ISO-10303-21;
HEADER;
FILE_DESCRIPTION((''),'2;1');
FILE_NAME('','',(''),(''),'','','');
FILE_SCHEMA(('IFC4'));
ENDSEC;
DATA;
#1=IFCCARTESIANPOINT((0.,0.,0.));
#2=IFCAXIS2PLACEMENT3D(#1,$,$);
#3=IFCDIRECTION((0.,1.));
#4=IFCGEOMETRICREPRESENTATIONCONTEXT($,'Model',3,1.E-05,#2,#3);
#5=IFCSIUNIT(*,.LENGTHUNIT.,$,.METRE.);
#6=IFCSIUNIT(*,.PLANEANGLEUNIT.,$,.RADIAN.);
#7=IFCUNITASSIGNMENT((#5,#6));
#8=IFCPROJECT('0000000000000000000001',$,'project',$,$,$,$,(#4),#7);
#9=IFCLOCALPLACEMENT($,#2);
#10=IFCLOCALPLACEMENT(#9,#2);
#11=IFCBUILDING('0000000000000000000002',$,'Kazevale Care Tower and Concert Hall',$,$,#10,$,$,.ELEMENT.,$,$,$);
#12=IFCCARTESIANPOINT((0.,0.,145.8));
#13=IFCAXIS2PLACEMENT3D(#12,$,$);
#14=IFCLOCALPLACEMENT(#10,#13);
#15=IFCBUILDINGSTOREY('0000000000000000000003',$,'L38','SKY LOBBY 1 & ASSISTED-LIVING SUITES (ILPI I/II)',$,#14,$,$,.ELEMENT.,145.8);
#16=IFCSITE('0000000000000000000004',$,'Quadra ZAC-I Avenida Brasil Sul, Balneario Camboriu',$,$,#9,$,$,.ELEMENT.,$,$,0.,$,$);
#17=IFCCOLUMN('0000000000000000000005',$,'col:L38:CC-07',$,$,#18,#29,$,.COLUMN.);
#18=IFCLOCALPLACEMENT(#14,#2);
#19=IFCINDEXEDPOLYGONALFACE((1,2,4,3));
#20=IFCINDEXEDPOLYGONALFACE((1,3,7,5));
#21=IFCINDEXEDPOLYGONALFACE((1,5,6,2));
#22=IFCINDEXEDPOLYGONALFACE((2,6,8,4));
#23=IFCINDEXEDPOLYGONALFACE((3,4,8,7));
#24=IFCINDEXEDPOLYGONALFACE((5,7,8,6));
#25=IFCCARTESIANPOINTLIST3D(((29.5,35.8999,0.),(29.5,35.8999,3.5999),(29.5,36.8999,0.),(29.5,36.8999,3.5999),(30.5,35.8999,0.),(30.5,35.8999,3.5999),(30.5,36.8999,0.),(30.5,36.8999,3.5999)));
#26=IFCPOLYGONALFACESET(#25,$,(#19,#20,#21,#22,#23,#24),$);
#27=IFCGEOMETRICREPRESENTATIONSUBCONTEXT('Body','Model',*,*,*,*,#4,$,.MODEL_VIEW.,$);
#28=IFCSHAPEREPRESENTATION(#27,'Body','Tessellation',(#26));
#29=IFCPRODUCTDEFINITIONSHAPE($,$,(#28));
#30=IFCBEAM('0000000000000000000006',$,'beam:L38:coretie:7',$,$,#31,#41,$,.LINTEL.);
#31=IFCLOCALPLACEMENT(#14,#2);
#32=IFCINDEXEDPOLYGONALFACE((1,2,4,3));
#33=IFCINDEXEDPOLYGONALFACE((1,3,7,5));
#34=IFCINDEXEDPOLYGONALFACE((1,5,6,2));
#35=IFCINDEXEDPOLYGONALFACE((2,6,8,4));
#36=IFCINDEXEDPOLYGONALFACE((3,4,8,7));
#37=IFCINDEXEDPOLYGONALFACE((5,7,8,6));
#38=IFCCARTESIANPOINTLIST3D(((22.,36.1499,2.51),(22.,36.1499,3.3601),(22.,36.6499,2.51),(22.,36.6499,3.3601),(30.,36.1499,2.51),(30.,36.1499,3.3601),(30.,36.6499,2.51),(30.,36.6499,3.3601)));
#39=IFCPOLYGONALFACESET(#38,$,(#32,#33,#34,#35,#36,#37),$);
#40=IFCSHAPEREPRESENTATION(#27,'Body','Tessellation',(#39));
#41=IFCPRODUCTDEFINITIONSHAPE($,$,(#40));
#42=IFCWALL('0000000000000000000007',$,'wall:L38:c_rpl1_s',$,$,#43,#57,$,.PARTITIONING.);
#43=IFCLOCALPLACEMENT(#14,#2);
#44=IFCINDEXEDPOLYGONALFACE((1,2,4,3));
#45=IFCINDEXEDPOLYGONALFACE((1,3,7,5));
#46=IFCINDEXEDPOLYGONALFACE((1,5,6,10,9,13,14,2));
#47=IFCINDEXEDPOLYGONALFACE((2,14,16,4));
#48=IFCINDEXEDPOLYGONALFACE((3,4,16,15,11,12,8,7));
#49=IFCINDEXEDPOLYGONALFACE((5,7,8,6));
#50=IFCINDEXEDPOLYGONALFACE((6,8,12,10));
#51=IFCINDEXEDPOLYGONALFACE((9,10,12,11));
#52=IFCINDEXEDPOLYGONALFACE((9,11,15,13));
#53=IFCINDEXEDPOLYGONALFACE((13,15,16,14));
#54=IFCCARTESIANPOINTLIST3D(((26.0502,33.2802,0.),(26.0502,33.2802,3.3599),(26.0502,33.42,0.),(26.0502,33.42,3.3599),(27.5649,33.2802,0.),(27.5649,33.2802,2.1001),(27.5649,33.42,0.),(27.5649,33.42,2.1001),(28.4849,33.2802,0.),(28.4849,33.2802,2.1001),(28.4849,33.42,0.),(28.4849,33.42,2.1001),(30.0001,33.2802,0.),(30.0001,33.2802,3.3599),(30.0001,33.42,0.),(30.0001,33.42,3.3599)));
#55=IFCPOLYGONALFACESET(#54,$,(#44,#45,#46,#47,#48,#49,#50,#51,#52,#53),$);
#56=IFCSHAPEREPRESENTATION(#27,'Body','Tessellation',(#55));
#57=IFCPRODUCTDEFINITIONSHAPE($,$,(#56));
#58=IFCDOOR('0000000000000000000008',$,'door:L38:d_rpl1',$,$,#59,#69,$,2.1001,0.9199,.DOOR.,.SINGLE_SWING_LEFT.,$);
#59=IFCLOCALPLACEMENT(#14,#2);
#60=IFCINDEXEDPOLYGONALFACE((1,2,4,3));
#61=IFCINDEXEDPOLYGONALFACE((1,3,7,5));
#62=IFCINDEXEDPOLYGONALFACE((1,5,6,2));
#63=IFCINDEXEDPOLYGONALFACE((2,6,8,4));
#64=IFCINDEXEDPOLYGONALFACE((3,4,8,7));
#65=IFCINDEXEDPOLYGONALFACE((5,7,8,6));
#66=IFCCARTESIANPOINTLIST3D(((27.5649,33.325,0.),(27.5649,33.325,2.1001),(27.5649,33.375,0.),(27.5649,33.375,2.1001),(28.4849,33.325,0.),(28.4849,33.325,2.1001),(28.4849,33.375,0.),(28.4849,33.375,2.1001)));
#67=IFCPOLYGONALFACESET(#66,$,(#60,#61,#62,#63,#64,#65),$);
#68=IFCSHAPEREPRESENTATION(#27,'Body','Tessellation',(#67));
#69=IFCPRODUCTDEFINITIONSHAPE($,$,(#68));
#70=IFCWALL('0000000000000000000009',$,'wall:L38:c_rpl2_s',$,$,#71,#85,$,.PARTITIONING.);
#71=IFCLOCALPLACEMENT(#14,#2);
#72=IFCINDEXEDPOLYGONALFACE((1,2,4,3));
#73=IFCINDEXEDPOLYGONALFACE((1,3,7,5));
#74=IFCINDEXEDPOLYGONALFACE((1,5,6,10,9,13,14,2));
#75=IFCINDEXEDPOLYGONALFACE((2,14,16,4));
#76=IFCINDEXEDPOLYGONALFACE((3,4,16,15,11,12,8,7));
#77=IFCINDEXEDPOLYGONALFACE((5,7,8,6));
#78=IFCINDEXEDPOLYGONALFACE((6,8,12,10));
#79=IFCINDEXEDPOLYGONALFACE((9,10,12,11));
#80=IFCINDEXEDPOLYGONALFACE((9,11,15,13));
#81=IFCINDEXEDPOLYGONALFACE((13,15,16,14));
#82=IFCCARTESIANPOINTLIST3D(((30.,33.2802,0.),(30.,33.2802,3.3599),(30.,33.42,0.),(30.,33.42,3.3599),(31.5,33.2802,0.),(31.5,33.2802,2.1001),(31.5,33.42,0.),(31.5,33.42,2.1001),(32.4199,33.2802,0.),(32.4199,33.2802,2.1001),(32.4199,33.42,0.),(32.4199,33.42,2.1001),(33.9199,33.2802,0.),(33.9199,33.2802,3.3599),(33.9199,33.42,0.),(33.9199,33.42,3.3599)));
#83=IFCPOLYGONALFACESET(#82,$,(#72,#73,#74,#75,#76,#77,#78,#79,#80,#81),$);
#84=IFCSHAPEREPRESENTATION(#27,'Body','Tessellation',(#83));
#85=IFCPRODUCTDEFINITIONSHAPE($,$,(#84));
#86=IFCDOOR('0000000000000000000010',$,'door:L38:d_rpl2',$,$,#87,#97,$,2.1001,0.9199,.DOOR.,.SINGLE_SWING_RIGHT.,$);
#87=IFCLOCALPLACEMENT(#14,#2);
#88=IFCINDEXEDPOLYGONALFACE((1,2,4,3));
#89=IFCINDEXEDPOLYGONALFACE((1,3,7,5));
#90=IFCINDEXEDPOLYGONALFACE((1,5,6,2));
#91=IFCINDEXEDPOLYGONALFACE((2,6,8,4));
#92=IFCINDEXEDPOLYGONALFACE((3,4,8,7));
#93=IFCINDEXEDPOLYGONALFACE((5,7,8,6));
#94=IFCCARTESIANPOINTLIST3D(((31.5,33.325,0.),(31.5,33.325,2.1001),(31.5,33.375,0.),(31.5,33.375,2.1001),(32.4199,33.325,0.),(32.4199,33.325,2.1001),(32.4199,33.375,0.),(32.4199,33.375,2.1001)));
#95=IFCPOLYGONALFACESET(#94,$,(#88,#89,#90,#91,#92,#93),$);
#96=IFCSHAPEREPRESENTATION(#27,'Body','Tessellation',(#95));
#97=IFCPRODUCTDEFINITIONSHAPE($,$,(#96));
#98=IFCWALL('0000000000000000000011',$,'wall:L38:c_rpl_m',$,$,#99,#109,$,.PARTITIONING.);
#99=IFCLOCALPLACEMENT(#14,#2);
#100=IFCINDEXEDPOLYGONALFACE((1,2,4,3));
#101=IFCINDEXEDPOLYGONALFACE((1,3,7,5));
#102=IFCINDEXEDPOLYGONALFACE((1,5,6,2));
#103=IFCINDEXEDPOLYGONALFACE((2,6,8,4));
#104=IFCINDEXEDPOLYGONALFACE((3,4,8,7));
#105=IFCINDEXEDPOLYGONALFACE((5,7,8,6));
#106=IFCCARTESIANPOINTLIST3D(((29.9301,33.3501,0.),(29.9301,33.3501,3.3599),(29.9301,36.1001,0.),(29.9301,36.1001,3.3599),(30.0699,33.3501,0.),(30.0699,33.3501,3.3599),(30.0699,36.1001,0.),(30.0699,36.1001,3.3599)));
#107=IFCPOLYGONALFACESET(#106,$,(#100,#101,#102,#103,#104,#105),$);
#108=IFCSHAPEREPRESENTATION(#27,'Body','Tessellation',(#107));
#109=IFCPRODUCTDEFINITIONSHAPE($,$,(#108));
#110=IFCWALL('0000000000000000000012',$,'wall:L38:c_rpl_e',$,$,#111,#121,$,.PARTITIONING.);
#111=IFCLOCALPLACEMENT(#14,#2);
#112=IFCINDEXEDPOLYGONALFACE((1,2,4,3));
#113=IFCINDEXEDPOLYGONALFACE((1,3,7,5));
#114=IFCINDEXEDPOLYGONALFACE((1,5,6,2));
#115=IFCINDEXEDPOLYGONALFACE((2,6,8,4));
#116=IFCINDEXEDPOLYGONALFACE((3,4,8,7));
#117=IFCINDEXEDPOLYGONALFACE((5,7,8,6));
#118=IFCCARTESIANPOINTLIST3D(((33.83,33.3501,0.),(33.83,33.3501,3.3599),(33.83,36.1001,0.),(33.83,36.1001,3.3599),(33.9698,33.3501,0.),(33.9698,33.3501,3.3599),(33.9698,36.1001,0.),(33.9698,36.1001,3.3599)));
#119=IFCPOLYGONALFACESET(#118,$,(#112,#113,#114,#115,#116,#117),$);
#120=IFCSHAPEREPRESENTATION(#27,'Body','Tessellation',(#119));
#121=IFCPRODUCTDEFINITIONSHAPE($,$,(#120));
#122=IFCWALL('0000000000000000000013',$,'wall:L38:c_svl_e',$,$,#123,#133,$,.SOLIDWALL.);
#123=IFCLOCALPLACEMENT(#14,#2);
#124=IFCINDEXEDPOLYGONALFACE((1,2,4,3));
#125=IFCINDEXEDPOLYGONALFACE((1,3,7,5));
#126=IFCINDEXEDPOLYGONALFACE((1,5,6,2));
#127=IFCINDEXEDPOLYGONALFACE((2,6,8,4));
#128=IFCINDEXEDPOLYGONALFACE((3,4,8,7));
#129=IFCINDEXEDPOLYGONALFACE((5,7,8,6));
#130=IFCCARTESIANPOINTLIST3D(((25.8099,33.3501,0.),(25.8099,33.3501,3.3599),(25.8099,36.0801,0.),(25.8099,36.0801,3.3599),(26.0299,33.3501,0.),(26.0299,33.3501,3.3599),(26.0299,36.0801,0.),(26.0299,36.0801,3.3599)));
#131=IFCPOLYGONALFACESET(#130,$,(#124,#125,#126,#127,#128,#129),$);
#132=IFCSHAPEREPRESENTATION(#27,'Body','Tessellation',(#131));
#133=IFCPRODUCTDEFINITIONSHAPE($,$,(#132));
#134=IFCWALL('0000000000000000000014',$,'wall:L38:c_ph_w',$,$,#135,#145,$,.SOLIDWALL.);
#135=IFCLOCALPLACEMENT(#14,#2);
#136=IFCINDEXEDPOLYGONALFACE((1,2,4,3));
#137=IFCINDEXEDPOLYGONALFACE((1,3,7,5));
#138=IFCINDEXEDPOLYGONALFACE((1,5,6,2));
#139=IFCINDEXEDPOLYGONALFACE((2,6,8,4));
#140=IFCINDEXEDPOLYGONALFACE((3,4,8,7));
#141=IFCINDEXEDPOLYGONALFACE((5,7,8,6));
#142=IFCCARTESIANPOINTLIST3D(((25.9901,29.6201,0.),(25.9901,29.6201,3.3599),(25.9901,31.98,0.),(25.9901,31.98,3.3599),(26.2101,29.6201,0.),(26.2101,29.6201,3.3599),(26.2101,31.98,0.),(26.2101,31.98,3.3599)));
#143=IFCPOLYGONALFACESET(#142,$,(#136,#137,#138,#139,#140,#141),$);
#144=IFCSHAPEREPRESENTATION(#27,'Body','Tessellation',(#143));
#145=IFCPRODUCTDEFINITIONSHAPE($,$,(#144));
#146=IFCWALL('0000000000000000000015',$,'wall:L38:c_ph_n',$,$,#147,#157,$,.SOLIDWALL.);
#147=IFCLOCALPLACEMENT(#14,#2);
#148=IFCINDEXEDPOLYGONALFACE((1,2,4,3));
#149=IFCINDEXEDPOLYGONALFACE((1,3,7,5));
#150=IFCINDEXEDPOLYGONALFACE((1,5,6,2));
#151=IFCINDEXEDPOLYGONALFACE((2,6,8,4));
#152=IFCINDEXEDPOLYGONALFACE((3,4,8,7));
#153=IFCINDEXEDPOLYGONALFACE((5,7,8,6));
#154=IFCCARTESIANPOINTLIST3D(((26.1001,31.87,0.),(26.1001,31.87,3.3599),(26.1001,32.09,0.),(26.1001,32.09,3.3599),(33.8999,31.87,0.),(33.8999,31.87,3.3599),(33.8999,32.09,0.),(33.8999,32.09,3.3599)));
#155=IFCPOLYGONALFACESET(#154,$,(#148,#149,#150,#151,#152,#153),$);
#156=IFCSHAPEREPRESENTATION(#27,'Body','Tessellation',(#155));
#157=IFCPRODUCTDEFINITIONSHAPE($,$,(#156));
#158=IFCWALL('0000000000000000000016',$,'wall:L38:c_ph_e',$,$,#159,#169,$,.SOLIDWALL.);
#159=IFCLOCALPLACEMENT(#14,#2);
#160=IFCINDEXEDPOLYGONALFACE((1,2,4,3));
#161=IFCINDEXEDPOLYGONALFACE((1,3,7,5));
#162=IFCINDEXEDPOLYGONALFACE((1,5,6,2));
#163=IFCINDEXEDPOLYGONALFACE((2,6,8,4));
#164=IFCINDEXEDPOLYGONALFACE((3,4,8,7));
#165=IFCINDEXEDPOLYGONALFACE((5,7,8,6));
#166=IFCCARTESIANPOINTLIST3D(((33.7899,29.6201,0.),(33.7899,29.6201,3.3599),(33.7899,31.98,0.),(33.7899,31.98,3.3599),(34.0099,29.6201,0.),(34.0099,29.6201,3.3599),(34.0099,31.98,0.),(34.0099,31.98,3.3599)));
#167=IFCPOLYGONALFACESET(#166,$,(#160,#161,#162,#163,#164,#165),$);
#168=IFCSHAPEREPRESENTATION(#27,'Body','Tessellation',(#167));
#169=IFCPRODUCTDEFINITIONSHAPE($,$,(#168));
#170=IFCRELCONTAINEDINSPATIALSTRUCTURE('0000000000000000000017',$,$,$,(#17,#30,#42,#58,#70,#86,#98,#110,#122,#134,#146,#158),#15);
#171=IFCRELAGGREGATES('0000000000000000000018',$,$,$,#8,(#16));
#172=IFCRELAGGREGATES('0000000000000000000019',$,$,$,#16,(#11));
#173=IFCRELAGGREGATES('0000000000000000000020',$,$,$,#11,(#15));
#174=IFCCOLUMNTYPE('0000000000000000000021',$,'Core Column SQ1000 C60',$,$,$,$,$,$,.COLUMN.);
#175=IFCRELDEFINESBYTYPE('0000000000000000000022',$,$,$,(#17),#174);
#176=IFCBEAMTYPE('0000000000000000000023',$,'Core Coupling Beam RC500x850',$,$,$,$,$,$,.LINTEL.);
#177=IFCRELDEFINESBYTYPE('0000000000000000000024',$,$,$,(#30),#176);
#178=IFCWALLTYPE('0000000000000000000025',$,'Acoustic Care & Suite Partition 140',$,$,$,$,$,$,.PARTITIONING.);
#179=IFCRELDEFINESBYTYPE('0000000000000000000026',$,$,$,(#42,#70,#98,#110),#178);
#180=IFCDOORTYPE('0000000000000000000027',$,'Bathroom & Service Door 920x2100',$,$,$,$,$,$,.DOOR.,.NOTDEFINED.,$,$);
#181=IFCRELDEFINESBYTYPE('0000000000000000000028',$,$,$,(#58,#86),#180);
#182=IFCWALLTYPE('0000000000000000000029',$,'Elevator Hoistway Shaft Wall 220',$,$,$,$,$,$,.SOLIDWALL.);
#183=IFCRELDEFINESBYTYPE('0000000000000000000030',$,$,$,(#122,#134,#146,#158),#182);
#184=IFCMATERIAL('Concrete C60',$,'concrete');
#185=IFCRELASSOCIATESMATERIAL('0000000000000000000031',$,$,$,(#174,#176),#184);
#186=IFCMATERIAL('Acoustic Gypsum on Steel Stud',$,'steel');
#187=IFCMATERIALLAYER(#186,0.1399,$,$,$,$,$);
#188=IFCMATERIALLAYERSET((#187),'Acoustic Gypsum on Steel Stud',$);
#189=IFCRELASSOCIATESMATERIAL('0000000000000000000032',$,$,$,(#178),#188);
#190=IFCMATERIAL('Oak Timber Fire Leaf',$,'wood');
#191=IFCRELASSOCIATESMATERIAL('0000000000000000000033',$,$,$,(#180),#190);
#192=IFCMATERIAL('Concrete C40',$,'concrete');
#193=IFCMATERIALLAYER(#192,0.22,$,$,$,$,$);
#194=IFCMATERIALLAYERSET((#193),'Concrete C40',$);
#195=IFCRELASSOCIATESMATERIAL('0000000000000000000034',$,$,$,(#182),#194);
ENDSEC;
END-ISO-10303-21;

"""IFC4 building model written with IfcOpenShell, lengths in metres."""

from ifc_helpers import new_model, si_unit, direction, frame, frame_2d, origin, origin_2d, place, context, subcontext, project, spatial, rectangle, extrude, material, layer, layer_set, material_profile, profile_set, type_object, element, fill, save


model = new_model("IFC4")

# Units and contexts
model_context = context("Model", 3, precision=1e-05, world=origin(), true_north=direction((0.0, 1.0)))
body_context = subcontext(model_context, "Body", "Model", "MODEL_VIEW")
ifc_project = project(units=[si_unit("LENGTHUNIT", "METRE"), si_unit("PLANEANGLEUNIT", "RADIAN")], contexts=[model_context])

# Site, building, storey
site_placement = place(None, origin())
site = spatial("IfcSite", under=ifc_project, at=site_placement, Name="Quadra ZAC-I Avenida Brasil Sul, Balneario Camboriu", CompositionType="ELEMENT", RefElevation=0.0)
building_placement = place(site_placement, origin())
building = spatial("IfcBuilding", under=site, at=building_placement, Name="Kazevale Care Tower and Concert Hall", CompositionType="ELEMENT")
storey_placement = place(building_placement, frame((0.0, 0.0, 145.8)))
storey = spatial("IfcBuildingStorey", under=building, at=storey_placement, Name="L38", Description="SKY LOBBY 1 & ASSISTED-LIVING SUITES (ILPI I/II)", CompositionType="ELEMENT", Elevation=145.8)

# Column
ifc_material_1 = material(Name="Concrete C60", Category="concrete")
ifc_material_profile_1 = material_profile(ifc_material_1, rectangle(XDim=1.0, YDim=1.0, at=origin_2d()), Name="RC-SQ1000")
ifc_profile_set_1 = profile_set([ifc_material_profile_1], Name="Concrete C60")
column_type = type_object("IfcColumnType", Name="Core Column SQ1000 C60", PredefinedType="COLUMN", material=ifc_profile_set_1)
column_placement = place(storey_placement, frame((30.0, 36.3999, 0.0), z_axis=(0.0, 0.0, 1.0), x_axis=(1.0, 0.0, 0.0)))
element("IfcColumn", 1, at=column_placement, inside=storey, type_object=column_type, Name="col:L38:CC-07", PredefinedType="COLUMN", context=body_context, shape_type="SweptSolid", body=[
    extrude(rectangle(XDim=1.0, YDim=1.0, at=origin_2d()), origin(), (0.0, 0.0, 1.0), 3.5999),
])

# Beam
ifc_material_profile_2 = material_profile(ifc_material_1, rectangle(XDim=0.5, YDim=0.8501, at=origin_2d()), Name="RC-B500x850")
ifc_profile_set_2 = profile_set([ifc_material_profile_2], Name="Concrete C60")
beam_type = type_object("IfcBeamType", Name="Core Coupling Beam RC500x850", PredefinedType="LINTEL", material=ifc_profile_set_2)
beam_placement = place(storey_placement, frame((30.0, 36.3999, 2.9351), z_axis=(-1.0, 0.0, 0.0), x_axis=(0.0, -1.0, 0.0)))
element("IfcBeam", 2, at=beam_placement, inside=storey, type_object=beam_type, Name="beam:L38:coretie:7", PredefinedType="LINTEL", context=body_context, shape_type="SweptSolid", body=[
    extrude(rectangle(XDim=0.5, YDim=0.8501, at=origin_2d()), origin(), (0.0, 0.0, 1.0), 8.0),
])

# Walls, openings, doors
ifc_material_2 = material(Name="Acoustic Gypsum on Steel Stud", Category="steel")
ifc_layer_1 = layer(ifc_material_2, 0.1399)
ifc_layer_set_1 = layer_set([ifc_layer_1], Name="Acoustic Gypsum on Steel Stud")
wall_type_1 = type_object("IfcWallType", Name="Acoustic Care & Suite Partition 140", PredefinedType="PARTITIONING", material=ifc_layer_set_1)
wall_1_placement = place(storey_placement, frame((26.05, 33.3501, 0.0), z_axis=(0.0, 0.0, 1.0), x_axis=(1.0, 0.0, 0.0)))
wall_1 = element("IfcWall", 3, at=wall_1_placement, inside=storey, type_object=wall_type_1, Name="wall:L38:c_rpl1_s", PredefinedType="PARTITIONING", context=body_context, shape_type="SweptSolid", body=[
    extrude(rectangle(XDim=3.95, YDim=0.1399, at=frame_2d((1.9751, 0.0))), origin(), (0.0, 0.0, 1.0), 3.3599),
])
opening_1_placement = place(wall_1_placement, frame((1.5149, 0.0, 0.0)))
opening_1 = element("IfcOpeningElement", 4, at=opening_1_placement, cuts=wall_1, PredefinedType="OPENING", context=body_context, shape_type="SweptSolid", body=[
    extrude(rectangle(XDim=0.9199, YDim=2.1001, at=frame_2d((0.46, 1.05))), frame((0.0, 0.0798, 0.0), z_axis=(0.0, -1.0, 0.0), x_axis=(1.0, 0.0, 0.0)), (0.0, 0.0, 1.0), 0.1599),
])
ifc_material_3 = material(Name="Oak Timber Fire Leaf", Category="wood")
door_type_1 = type_object("IfcDoorType", Name="Bathroom & Service Door 920x2100", OperationType="NOTDEFINED", PredefinedType="DOOR", material=ifc_material_3)
door_1_placement = place(opening_1_placement, origin())
door_1 = element("IfcDoor", 5, at=door_1_placement, inside=storey, type_object=door_type_1, Name="door:L38:d_rpl1", OperationType="SINGLE_SWING_LEFT", OverallHeight=2.1001, OverallWidth=0.9199, PredefinedType="DOOR", context=body_context, shape_type="SweptSolid", body=[
    extrude(rectangle(XDim=0.9199, YDim=2.1001, at=frame_2d((0.46, 1.05))), frame((0.0, 0.0249, 0.0), z_axis=(0.0, -1.0, 0.0), x_axis=(1.0, 0.0, 0.0)), (0.0, 0.0, 1.0), 0.05),
])
fill(opening_1, door_1)
wall_2_placement = place(storey_placement, frame((30.0, 33.3501, 0.0), z_axis=(0.0, 0.0, 1.0), x_axis=(1.0, 0.0, 0.0)))
wall_2 = element("IfcWall", 6, at=wall_2_placement, inside=storey, type_object=wall_type_1, Name="wall:L38:c_rpl2_s", PredefinedType="PARTITIONING", context=body_context, shape_type="SweptSolid", body=[
    extrude(rectangle(XDim=3.9199, YDim=0.1399, at=frame_2d((1.96, 0.0))), origin(), (0.0, 0.0, 1.0), 3.3599),
])
opening_2_placement = place(wall_2_placement, frame((1.5, 0.0, 0.0)))
opening_2 = element("IfcOpeningElement", 7, at=opening_2_placement, cuts=wall_2, PredefinedType="OPENING", context=body_context, shape_type="SweptSolid", body=[
    extrude(rectangle(XDim=0.9199, YDim=2.1001, at=frame_2d((0.46, 1.05))), frame((0.0, 0.0798, 0.0), z_axis=(0.0, -1.0, 0.0), x_axis=(1.0, 0.0, 0.0)), (0.0, 0.0, 1.0), 0.1599),
])
door_2_placement = place(opening_2_placement, origin())
door_2 = element("IfcDoor", 8, at=door_2_placement, inside=storey, type_object=door_type_1, Name="door:L38:d_rpl2", OperationType="SINGLE_SWING_RIGHT", OverallHeight=2.1001, OverallWidth=0.9199, PredefinedType="DOOR", context=body_context, shape_type="SweptSolid", body=[
    extrude(rectangle(XDim=0.9199, YDim=2.1001, at=frame_2d((0.46, 1.05))), frame((0.0, 0.0249, 0.0), z_axis=(0.0, -1.0, 0.0), x_axis=(1.0, 0.0, 0.0)), (0.0, 0.0, 1.0), 0.05),
])
fill(opening_2, door_2)

# Walls
for number, where, z_axis, x_axis, name in (
    (9, (30.0, 33.3501, 0.0), (0.0, 0.0, 1.0), (0.0, 1.0, 0.0), "wall:L38:c_rpl_m"),
    (10, (33.8999, 33.3501, 0.0), (0.0, 0.0, 1.0), (0.0, 1.0, 0.0), "wall:L38:c_rpl_e"),
):
    element("IfcWall", number, at=place(storey_placement, frame(where, z_axis=z_axis, x_axis=x_axis)), inside=storey, type_object=wall_type_1, Name=name, PredefinedType="PARTITIONING", context=body_context, shape_type="SweptSolid", body=[
        extrude(rectangle(XDim=2.75, YDim=0.1399, at=frame_2d((1.375, 0.0))), origin(), (0.0, 0.0, 1.0), 3.3599),
    ])
ifc_material_4 = material(Name="Concrete C40", Category="concrete")
ifc_layer_2 = layer(ifc_material_4, 0.22)
ifc_layer_set_2 = layer_set([ifc_layer_2], Name="Concrete C40")
wall_type_2 = type_object("IfcWallType", Name="Elevator Hoistway Shaft Wall 220", PredefinedType="SOLIDWALL", material=ifc_layer_set_2)
wall_3_placement = place(storey_placement, frame((25.9199, 33.3501, 0.0), z_axis=(0.0, 0.0, 1.0), x_axis=(0.0, 1.0, 0.0)))
element("IfcWall", 11, at=wall_3_placement, inside=storey, type_object=wall_type_2, Name="wall:L38:c_svl_e", PredefinedType="SOLIDWALL", context=body_context, shape_type="SweptSolid", body=[
    extrude(rectangle(XDim=2.73, YDim=0.22, at=frame_2d((1.365, 0.0))), origin(), (0.0, 0.0, 1.0), 3.3599),
])
wall_4_placement = place(storey_placement, frame((26.1001, 29.6201, 0.0), z_axis=(0.0, 0.0, 1.0), x_axis=(0.0, 1.0, 0.0)))
element("IfcWall", 12, at=wall_4_placement, inside=storey, type_object=wall_type_2, Name="wall:L38:c_ph_w", PredefinedType="SOLIDWALL", context=body_context, shape_type="SweptSolid", body=[
    extrude(rectangle(XDim=2.3599, YDim=0.22, at=frame_2d((1.1799, 0.0))), origin(), (0.0, 0.0, 1.0), 3.3599),
])
wall_5_placement = place(storey_placement, frame((26.1001, 31.98, 0.0), z_axis=(0.0, 0.0, 1.0), x_axis=(1.0, 0.0, 0.0)))
element("IfcWall", 13, at=wall_5_placement, inside=storey, type_object=wall_type_2, Name="wall:L38:c_ph_n", PredefinedType="SOLIDWALL", context=body_context, shape_type="SweptSolid", body=[
    extrude(rectangle(XDim=7.7998, YDim=0.22, at=frame_2d((3.8999, 0.0))), origin(), (0.0, 0.0, 1.0), 3.3599),
])
wall_6_placement = place(storey_placement, frame((33.8999, 29.6201, 0.0), z_axis=(0.0, 0.0, 1.0), x_axis=(0.0, 1.0, 0.0)))
element("IfcWall", 14, at=wall_6_placement, inside=storey, type_object=wall_type_2, Name="wall:L38:c_ph_e", PredefinedType="SOLIDWALL", context=body_context, shape_type="SweptSolid", body=[
    extrude(rectangle(XDim=2.3599, YDim=0.22, at=frame_2d((1.1799, 0.0))), origin(), (0.0, 0.0, 1.0), 3.3599),
])

save(model, "model.ifc")
